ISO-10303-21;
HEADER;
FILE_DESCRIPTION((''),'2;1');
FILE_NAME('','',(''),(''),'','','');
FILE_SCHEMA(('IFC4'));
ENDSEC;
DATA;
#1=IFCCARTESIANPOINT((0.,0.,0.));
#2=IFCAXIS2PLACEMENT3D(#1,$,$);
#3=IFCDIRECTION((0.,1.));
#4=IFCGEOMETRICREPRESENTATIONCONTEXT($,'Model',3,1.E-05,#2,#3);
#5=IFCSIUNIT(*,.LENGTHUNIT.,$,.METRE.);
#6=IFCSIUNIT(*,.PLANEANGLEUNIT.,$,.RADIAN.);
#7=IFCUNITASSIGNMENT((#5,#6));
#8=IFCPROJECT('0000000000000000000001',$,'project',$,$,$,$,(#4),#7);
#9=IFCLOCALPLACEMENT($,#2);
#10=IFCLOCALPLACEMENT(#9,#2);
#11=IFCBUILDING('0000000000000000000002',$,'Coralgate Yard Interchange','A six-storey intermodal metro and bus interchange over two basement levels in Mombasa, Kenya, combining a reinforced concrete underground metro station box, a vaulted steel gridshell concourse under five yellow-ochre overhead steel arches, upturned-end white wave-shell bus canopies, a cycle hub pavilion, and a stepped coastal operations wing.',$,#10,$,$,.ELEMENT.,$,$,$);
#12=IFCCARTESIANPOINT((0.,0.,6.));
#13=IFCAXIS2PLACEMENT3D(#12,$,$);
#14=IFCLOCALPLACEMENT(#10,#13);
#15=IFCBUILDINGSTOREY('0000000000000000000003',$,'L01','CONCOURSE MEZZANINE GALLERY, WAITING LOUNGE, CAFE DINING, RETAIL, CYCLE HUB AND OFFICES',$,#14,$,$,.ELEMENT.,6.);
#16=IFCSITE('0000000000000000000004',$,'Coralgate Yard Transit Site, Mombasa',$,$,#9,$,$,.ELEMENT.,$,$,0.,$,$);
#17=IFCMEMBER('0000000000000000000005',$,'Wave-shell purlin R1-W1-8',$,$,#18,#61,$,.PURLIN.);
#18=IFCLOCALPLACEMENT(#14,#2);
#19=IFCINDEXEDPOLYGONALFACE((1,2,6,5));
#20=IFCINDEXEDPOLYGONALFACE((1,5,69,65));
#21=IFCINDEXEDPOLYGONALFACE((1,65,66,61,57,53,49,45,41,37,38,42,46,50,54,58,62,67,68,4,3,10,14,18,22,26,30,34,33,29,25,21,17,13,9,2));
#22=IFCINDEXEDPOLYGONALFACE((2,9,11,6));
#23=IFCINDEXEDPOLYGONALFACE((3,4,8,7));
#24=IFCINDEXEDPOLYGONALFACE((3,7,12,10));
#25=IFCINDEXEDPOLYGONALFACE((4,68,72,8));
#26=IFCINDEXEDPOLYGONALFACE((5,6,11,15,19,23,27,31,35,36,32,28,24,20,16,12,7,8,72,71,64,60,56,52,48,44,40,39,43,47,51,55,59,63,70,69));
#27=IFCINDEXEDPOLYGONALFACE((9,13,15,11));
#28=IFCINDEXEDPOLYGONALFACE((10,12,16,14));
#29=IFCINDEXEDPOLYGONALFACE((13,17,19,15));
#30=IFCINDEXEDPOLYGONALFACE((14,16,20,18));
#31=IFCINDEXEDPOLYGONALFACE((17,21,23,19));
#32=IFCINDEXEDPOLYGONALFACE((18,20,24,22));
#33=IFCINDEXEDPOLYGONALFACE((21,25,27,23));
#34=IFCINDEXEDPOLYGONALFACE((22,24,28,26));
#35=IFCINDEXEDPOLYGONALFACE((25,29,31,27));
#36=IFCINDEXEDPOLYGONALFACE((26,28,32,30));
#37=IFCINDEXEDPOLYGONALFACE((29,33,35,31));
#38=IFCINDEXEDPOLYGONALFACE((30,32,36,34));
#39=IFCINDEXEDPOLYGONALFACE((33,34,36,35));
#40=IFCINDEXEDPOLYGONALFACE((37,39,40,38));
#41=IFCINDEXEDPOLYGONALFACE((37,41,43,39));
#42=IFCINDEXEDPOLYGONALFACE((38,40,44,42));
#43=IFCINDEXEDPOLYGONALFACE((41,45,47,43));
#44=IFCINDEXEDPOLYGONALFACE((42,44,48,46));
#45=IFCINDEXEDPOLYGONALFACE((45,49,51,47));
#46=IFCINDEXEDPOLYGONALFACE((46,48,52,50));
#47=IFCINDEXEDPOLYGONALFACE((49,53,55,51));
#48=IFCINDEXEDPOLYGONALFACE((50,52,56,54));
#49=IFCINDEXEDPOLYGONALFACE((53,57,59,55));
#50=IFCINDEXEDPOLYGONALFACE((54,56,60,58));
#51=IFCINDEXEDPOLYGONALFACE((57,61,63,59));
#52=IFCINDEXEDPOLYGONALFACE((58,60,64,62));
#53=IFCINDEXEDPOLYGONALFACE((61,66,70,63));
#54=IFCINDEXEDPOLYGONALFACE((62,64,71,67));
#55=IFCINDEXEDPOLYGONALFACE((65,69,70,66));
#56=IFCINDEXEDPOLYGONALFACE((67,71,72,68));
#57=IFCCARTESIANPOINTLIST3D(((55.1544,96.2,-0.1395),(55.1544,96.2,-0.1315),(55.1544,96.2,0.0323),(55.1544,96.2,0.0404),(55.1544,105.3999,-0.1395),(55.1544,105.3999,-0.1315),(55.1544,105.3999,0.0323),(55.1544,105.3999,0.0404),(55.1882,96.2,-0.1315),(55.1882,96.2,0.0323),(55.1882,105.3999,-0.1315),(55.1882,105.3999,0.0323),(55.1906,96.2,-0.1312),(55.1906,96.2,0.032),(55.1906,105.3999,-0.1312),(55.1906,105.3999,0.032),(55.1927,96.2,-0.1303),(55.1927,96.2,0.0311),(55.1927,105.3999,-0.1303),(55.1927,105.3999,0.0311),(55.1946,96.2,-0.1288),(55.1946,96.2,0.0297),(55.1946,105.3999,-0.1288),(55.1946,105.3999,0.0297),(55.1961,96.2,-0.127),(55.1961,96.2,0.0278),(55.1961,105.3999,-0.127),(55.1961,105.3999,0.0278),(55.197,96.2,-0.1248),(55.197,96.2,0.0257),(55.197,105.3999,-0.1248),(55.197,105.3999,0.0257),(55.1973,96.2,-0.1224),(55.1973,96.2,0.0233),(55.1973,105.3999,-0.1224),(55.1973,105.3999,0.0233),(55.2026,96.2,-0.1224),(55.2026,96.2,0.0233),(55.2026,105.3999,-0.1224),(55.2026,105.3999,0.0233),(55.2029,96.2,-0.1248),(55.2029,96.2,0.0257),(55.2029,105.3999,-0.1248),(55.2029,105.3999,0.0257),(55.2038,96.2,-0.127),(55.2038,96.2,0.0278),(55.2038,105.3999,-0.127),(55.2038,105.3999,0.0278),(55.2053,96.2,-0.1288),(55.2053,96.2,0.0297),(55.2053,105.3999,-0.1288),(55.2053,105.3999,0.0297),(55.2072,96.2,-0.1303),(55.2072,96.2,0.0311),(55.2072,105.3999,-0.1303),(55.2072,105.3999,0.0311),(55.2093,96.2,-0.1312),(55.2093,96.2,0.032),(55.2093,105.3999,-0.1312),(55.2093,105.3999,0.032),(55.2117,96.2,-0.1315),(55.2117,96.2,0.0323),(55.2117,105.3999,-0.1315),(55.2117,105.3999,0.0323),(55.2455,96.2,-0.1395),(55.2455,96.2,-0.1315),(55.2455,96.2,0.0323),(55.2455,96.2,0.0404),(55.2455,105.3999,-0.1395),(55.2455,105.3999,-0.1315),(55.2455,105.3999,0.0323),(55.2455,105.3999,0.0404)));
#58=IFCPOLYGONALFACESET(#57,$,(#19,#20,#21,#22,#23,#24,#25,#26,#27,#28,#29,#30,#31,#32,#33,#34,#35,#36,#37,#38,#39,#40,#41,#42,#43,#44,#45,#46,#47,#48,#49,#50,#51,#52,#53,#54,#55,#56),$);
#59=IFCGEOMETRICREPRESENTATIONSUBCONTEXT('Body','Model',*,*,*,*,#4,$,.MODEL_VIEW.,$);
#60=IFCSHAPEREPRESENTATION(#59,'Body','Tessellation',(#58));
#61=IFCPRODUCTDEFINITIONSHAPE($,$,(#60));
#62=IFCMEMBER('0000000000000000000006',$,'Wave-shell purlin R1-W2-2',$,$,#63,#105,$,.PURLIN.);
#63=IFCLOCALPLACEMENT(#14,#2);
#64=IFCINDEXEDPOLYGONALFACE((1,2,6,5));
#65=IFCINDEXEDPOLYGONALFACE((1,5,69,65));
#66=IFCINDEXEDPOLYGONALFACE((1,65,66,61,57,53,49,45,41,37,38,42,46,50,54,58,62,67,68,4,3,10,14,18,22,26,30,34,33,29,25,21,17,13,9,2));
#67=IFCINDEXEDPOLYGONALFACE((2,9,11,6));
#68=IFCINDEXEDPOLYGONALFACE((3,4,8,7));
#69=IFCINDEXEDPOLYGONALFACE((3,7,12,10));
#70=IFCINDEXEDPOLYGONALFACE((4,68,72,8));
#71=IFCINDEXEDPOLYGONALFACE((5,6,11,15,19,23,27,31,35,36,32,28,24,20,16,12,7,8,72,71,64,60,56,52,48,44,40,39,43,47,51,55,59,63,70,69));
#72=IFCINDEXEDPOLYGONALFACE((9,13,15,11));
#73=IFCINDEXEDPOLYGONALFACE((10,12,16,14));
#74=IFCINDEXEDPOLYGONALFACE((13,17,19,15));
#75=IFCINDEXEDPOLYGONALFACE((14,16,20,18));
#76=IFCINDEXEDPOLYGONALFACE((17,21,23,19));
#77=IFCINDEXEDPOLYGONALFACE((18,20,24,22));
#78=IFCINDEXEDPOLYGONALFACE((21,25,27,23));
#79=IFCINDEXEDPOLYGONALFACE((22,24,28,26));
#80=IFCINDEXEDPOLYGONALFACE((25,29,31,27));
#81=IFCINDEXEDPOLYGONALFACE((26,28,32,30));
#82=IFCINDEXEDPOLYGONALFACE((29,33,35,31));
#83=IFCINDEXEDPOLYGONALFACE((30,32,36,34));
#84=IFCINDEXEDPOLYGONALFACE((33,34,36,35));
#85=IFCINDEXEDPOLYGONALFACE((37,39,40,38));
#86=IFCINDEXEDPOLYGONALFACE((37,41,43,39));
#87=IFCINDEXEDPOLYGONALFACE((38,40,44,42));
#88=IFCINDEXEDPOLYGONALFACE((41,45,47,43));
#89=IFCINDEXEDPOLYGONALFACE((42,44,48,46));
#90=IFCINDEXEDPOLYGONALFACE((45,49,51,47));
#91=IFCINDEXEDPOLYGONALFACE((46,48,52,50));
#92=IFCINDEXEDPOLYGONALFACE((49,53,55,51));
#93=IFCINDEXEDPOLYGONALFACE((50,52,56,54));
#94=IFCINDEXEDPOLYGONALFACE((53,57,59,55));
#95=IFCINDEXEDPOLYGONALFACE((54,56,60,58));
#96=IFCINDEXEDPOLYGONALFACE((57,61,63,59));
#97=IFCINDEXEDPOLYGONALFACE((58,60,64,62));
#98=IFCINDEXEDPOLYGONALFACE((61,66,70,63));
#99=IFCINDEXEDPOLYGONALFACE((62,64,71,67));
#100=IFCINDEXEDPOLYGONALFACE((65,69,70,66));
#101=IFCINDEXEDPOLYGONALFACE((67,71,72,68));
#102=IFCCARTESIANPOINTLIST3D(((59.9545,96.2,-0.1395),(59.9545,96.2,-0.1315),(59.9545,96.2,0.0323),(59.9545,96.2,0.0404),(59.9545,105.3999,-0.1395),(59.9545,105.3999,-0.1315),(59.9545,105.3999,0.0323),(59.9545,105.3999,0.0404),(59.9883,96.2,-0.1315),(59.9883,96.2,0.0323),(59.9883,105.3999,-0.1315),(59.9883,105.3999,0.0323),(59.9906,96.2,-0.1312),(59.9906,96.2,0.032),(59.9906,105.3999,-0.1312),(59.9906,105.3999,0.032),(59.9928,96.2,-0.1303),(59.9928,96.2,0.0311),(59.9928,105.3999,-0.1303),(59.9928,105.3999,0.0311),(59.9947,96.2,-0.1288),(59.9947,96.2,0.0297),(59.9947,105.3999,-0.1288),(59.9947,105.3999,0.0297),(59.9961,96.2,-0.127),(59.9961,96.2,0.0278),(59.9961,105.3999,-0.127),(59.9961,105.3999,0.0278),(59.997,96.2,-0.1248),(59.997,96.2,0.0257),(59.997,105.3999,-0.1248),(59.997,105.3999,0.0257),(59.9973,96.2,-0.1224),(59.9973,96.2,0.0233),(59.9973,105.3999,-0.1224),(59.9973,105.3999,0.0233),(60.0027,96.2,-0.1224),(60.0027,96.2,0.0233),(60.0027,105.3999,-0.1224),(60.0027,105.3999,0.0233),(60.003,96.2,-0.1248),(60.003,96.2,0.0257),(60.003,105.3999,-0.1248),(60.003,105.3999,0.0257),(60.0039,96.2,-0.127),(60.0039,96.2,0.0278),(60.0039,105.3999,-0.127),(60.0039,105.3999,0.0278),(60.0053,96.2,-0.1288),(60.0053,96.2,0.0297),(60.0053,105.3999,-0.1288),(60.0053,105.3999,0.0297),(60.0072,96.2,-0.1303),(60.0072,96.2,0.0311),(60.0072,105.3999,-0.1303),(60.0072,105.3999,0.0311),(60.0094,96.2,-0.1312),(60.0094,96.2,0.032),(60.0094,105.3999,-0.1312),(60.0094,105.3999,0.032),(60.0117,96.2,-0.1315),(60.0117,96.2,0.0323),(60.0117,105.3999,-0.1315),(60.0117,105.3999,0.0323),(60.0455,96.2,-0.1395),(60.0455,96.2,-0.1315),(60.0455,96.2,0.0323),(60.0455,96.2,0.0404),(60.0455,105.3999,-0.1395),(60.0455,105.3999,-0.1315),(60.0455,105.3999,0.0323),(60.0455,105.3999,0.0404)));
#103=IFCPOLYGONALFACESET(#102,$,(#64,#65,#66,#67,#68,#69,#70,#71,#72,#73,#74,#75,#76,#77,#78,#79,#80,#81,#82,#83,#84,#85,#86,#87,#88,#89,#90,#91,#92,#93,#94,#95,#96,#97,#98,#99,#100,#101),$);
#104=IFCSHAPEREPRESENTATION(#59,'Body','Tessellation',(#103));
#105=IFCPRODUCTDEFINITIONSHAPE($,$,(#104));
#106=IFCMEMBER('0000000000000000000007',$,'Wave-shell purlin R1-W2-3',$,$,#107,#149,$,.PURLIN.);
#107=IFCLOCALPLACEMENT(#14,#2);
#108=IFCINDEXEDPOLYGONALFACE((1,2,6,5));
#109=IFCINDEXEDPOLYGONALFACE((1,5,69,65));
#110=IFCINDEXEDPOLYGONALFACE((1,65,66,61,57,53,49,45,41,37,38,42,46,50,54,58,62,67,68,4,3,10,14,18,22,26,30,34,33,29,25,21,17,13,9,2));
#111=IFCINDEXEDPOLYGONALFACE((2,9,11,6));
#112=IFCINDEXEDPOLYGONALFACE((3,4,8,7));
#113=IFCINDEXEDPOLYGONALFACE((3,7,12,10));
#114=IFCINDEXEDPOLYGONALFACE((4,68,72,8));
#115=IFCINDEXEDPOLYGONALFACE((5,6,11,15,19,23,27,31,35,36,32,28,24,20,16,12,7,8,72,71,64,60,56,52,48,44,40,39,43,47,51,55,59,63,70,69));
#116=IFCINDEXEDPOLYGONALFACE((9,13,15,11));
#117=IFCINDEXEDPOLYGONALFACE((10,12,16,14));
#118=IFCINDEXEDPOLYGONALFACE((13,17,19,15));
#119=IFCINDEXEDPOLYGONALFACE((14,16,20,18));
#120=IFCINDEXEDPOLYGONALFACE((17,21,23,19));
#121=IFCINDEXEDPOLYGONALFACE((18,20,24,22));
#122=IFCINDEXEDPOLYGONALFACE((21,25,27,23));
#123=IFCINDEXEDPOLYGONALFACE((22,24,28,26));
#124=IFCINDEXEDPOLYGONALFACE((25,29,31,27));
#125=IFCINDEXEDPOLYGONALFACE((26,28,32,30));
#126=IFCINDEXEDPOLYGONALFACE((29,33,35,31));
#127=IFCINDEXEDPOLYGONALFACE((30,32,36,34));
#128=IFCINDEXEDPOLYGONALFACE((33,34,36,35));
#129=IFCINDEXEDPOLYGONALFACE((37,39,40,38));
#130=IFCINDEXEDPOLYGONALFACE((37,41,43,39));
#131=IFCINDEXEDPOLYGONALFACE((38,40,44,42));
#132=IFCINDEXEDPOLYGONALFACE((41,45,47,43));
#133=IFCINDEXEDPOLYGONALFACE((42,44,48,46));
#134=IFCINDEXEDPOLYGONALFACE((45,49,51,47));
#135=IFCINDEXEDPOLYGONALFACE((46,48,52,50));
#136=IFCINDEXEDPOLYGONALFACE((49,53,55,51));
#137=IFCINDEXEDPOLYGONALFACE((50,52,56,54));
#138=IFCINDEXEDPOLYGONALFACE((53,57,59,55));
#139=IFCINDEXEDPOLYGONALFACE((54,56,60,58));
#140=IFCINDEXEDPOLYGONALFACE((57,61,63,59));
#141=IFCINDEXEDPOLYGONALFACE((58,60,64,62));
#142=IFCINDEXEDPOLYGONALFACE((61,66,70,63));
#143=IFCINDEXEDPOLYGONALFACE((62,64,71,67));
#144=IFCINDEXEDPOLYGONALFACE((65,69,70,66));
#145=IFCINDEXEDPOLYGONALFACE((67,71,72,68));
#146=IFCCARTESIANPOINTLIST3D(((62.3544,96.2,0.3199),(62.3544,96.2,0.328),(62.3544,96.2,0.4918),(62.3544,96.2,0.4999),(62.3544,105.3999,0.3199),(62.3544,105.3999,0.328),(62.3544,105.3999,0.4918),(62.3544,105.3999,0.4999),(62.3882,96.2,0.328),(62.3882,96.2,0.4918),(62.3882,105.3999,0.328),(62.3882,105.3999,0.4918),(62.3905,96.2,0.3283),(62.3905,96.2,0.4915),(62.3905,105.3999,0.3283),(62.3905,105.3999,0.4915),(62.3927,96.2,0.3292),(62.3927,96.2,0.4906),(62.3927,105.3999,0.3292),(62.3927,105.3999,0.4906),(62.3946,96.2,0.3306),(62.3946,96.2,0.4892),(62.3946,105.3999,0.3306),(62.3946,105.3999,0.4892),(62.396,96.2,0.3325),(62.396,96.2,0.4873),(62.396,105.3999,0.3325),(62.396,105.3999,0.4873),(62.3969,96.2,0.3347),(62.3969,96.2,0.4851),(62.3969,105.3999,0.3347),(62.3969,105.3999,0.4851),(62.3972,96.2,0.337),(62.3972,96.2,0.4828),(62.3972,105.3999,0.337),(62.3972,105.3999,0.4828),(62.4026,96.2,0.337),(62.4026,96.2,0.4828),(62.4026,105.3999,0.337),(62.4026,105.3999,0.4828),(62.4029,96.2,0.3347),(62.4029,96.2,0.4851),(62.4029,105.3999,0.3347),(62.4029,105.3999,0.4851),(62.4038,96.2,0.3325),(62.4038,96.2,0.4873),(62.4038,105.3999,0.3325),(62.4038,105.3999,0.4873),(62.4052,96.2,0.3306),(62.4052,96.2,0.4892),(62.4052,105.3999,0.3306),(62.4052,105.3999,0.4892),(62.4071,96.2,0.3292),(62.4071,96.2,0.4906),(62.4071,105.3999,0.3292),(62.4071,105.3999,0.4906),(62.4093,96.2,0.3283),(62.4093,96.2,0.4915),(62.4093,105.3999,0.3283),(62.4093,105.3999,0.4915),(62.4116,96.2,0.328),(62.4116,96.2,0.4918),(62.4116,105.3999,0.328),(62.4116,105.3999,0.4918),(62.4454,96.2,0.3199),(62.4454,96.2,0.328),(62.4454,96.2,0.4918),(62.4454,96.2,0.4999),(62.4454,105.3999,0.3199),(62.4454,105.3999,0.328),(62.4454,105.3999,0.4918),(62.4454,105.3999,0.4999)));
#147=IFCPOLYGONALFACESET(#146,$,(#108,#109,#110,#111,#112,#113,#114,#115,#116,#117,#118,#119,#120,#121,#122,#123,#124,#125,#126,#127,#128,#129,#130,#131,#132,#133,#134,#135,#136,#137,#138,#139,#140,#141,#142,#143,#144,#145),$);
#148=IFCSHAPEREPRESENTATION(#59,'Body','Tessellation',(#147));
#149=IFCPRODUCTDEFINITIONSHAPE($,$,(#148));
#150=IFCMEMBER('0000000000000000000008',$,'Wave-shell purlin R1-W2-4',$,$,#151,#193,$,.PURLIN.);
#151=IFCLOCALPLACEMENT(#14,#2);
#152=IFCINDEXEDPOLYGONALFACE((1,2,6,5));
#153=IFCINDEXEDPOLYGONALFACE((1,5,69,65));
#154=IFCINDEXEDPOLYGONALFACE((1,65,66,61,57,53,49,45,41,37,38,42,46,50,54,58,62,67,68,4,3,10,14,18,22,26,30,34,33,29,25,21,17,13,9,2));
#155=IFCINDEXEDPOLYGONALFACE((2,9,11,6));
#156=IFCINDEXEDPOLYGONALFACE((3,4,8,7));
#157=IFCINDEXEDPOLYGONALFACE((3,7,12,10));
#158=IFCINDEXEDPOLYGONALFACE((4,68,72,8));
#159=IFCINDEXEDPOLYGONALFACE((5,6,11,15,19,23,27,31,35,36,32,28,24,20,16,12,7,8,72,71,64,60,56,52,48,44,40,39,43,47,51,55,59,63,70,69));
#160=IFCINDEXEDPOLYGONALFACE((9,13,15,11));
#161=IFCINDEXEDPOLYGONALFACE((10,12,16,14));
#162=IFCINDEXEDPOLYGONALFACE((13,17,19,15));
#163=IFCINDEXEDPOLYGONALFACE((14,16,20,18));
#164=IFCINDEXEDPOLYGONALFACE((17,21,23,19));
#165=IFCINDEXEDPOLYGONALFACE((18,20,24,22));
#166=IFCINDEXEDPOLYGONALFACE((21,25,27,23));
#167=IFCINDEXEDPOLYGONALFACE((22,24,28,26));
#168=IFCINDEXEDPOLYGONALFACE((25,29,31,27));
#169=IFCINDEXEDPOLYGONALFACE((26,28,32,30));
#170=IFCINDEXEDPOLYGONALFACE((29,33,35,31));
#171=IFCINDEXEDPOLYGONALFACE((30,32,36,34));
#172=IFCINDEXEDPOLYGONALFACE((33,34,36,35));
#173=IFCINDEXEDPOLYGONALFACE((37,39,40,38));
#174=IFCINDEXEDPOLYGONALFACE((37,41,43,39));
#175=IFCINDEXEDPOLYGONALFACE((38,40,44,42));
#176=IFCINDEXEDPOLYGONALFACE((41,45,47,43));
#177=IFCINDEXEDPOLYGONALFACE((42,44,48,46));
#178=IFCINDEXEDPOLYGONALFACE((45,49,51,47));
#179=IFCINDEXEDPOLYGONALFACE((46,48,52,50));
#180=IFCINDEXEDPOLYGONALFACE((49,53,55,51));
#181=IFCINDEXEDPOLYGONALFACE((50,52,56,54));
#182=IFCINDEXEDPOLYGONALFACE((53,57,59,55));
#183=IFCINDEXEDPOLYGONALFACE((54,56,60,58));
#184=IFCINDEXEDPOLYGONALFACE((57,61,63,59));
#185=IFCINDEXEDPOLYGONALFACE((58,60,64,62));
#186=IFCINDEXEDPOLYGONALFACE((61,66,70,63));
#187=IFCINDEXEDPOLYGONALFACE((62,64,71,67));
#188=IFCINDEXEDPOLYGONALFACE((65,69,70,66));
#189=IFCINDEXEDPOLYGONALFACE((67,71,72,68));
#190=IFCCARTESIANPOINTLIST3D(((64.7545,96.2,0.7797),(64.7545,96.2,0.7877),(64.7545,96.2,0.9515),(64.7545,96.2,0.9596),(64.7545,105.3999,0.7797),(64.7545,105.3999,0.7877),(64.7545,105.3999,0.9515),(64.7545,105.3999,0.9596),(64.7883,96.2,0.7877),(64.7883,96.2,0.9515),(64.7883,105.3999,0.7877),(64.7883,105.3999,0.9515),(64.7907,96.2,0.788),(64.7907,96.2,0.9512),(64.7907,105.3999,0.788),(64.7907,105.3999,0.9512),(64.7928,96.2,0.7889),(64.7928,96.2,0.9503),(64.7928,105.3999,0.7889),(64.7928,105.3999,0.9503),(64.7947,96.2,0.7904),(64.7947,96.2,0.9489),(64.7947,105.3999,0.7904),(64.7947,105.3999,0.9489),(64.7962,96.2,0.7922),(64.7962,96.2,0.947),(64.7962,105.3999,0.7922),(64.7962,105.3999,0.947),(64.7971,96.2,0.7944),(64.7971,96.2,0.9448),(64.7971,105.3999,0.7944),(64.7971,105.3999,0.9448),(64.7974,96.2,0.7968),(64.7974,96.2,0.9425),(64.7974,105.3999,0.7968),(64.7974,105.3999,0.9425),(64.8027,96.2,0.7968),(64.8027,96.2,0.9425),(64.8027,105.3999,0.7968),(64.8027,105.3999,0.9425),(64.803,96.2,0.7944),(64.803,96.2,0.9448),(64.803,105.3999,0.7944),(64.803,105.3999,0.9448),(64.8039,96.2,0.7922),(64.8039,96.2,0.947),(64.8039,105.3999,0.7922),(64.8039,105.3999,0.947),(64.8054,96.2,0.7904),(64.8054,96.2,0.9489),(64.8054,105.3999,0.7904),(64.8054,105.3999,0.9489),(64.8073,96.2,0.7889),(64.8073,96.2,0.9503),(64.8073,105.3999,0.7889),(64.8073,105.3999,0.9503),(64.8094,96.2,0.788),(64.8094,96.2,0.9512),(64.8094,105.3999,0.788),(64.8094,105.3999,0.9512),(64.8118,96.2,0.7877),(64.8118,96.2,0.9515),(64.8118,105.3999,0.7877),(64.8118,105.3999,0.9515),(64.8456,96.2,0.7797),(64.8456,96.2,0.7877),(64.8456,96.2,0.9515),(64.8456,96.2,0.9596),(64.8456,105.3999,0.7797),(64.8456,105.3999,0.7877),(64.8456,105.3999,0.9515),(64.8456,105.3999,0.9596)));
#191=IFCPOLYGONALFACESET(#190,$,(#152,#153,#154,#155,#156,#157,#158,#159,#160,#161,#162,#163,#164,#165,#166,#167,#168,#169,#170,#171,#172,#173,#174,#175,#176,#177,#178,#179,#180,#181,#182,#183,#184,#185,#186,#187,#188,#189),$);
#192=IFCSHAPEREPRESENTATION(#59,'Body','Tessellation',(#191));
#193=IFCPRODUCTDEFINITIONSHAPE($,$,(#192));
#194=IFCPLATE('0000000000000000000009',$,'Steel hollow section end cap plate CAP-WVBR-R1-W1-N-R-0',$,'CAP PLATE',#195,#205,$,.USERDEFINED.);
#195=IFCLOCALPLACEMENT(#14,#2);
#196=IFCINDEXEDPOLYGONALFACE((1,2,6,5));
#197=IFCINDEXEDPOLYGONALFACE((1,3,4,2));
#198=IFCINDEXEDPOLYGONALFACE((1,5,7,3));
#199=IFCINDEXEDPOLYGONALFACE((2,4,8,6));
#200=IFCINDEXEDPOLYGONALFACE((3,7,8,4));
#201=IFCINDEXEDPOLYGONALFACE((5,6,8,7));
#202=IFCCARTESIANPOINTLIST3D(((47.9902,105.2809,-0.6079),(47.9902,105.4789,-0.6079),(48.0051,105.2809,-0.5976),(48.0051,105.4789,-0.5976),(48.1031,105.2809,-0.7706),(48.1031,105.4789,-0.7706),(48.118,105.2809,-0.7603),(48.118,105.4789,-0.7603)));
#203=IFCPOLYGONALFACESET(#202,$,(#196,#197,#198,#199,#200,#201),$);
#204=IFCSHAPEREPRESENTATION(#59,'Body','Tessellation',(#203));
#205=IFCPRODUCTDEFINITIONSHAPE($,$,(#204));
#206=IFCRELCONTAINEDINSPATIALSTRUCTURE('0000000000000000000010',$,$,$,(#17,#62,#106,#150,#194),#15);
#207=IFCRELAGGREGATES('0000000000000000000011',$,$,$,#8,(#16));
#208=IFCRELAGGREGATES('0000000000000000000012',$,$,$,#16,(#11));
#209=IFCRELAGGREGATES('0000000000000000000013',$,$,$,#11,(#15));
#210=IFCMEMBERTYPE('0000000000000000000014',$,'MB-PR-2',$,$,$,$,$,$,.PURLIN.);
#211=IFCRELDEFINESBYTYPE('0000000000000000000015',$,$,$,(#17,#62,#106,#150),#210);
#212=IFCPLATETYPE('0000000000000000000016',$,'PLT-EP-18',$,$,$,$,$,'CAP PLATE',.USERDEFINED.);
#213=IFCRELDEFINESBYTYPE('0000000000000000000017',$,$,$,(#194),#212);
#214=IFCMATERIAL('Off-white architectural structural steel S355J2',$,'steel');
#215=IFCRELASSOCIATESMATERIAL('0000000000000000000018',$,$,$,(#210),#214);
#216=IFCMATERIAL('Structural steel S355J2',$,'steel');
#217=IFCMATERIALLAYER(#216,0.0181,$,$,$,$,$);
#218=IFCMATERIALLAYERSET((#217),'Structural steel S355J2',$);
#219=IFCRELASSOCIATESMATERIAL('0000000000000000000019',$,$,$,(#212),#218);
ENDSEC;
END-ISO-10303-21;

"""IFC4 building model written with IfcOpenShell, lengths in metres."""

from ifc_helpers import new_model, si_unit, direction, frame, origin, origin_2d, place, context, subcontext, project, spatial, rectangle, i_section, extrude, material, layer, layer_set, material_profile, profile_set, type_object, element, save


model = new_model("IFC4")

# Units and contexts
model_context = context("Model", 3, precision=1e-05, world=origin(), true_north=direction((0.0, 1.0)))
body_context = subcontext(model_context, "Body", "Model", "MODEL_VIEW")
ifc_project = project(units=[si_unit("LENGTHUNIT", "METRE"), si_unit("PLANEANGLEUNIT", "RADIAN")], contexts=[model_context])

# Site, building, storey
site_placement = place(None, origin())
site = spatial("IfcSite", under=ifc_project, at=site_placement, Name="Coralgate Yard Transit Site, Mombasa", CompositionType="ELEMENT", RefElevation=0.0)
building_placement = place(site_placement, origin())
building = spatial("IfcBuilding", under=site, at=building_placement, Name="Coralgate Yard Interchange", Description="A six-storey intermodal metro and bus interchange over two basement levels in Mombasa, Kenya, combining a reinforced concrete underground metro station box, a vaulted steel gridshell concourse under five yellow-ochre overhead steel arches, upturned-end white wave-shell bus canopies, a cycle hub pavilion, and a stepped coastal operations wing.", CompositionType="ELEMENT")
storey_placement = place(building_placement, frame((0.0, 0.0, 6.0)))
storey = spatial("IfcBuildingStorey", under=building, at=storey_placement, Name="L01", Description="CONCOURSE MEZZANINE GALLERY, WAITING LOUNGE, CAFE DINING, RETAIL, CYCLE HUB AND OFFICES", CompositionType="ELEMENT", Elevation=6.0)

# Shared definitions
ifc_material_1 = material(Name="Off-white architectural structural steel S355J2", Category="steel")

# Members
ifc_material_profile_1 = material_profile(ifc_material_1, i_section(OverallWidth=0.0911, OverallDepth=0.1799, WebThickness=0.0054, FlangeThickness=0.0081, FilletRadius=0.009, at=origin_2d()), Name="IPE 180")
ifc_profile_set_1 = profile_set([ifc_material_profile_1], Name="Off-white architectural structural steel S355J2")
member_type_1 = type_object("IfcMemberType", Name="MB-PR-2", PredefinedType="PURLIN", material=ifc_profile_set_1)
for number, where, z_axis, x_axis, name in (
    (1, (55.2, 96.2, -0.0496), (0.0, 1.0, 0.0), (-1.0, 0.0, 0.0), "Wave-shell purlin R1-W1-8"),
    (2, (60.0, 96.2, -0.0496), (0.0, 1.0, 0.0), (-1.0, 0.0, 0.0), "Wave-shell purlin R1-W2-2"),
    (3, (62.3999, 96.2, 0.4099), (0.0, 1.0, 0.0), (-1.0, 0.0, 0.0), "Wave-shell purlin R1-W2-3"),
    (4, (64.8, 96.2, 0.8696), (0.0, 1.0, 0.0), (-1.0, 0.0, 0.0), "Wave-shell purlin R1-W2-4"),
):
    element("IfcMember", number, at=place(storey_placement, frame(where, z_axis=z_axis, x_axis=x_axis)), inside=storey, type_object=member_type_1, Name=name, PredefinedType="PURLIN", context=body_context, shape_type="SweptSolid", body=[
        extrude(i_section(OverallWidth=0.0911, OverallDepth=0.1799, WebThickness=0.0054, FlangeThickness=0.0081, FilletRadius=0.009, at=origin_2d()), origin(), (0.0, 0.0, 1.0), 9.2),
    ])

# Plate
ifc_material_2 = material(Name="Structural steel S355J2", Category="steel")
ifc_layer = layer(ifc_material_2, 0.0181)
ifc_layer_set = layer_set([ifc_layer], Name="Structural steel S355J2")
plate_type = type_object("IfcPlateType", Name="PLT-EP-18", ElementType="CAP PLATE", PredefinedType="USERDEFINED", material=ifc_layer_set)
for number, where, z_axis, x_axis, name in (
    (5, (48.0615, 105.3799, -0.679), (-0.821436, 0.0, -0.570301), (0.0, -1.0, 0.0), "Steel hollow section end cap plate CAP-WVBR-R1-W1-N-R-0"),
):
    element("IfcPlate", number, at=place(storey_placement, frame(where, z_axis=z_axis, x_axis=x_axis)), inside=storey, type_object=plate_type, Name=name, ObjectType="CAP PLATE", PredefinedType="USERDEFINED", context=body_context, shape_type="SweptSolid", body=[
        extrude(rectangle(XDim=0.198, YDim=0.198, at=origin_2d()), origin(), (0.0, 0.0, 1.0), 0.0181),
    ])

save(model, "model.ifc")
